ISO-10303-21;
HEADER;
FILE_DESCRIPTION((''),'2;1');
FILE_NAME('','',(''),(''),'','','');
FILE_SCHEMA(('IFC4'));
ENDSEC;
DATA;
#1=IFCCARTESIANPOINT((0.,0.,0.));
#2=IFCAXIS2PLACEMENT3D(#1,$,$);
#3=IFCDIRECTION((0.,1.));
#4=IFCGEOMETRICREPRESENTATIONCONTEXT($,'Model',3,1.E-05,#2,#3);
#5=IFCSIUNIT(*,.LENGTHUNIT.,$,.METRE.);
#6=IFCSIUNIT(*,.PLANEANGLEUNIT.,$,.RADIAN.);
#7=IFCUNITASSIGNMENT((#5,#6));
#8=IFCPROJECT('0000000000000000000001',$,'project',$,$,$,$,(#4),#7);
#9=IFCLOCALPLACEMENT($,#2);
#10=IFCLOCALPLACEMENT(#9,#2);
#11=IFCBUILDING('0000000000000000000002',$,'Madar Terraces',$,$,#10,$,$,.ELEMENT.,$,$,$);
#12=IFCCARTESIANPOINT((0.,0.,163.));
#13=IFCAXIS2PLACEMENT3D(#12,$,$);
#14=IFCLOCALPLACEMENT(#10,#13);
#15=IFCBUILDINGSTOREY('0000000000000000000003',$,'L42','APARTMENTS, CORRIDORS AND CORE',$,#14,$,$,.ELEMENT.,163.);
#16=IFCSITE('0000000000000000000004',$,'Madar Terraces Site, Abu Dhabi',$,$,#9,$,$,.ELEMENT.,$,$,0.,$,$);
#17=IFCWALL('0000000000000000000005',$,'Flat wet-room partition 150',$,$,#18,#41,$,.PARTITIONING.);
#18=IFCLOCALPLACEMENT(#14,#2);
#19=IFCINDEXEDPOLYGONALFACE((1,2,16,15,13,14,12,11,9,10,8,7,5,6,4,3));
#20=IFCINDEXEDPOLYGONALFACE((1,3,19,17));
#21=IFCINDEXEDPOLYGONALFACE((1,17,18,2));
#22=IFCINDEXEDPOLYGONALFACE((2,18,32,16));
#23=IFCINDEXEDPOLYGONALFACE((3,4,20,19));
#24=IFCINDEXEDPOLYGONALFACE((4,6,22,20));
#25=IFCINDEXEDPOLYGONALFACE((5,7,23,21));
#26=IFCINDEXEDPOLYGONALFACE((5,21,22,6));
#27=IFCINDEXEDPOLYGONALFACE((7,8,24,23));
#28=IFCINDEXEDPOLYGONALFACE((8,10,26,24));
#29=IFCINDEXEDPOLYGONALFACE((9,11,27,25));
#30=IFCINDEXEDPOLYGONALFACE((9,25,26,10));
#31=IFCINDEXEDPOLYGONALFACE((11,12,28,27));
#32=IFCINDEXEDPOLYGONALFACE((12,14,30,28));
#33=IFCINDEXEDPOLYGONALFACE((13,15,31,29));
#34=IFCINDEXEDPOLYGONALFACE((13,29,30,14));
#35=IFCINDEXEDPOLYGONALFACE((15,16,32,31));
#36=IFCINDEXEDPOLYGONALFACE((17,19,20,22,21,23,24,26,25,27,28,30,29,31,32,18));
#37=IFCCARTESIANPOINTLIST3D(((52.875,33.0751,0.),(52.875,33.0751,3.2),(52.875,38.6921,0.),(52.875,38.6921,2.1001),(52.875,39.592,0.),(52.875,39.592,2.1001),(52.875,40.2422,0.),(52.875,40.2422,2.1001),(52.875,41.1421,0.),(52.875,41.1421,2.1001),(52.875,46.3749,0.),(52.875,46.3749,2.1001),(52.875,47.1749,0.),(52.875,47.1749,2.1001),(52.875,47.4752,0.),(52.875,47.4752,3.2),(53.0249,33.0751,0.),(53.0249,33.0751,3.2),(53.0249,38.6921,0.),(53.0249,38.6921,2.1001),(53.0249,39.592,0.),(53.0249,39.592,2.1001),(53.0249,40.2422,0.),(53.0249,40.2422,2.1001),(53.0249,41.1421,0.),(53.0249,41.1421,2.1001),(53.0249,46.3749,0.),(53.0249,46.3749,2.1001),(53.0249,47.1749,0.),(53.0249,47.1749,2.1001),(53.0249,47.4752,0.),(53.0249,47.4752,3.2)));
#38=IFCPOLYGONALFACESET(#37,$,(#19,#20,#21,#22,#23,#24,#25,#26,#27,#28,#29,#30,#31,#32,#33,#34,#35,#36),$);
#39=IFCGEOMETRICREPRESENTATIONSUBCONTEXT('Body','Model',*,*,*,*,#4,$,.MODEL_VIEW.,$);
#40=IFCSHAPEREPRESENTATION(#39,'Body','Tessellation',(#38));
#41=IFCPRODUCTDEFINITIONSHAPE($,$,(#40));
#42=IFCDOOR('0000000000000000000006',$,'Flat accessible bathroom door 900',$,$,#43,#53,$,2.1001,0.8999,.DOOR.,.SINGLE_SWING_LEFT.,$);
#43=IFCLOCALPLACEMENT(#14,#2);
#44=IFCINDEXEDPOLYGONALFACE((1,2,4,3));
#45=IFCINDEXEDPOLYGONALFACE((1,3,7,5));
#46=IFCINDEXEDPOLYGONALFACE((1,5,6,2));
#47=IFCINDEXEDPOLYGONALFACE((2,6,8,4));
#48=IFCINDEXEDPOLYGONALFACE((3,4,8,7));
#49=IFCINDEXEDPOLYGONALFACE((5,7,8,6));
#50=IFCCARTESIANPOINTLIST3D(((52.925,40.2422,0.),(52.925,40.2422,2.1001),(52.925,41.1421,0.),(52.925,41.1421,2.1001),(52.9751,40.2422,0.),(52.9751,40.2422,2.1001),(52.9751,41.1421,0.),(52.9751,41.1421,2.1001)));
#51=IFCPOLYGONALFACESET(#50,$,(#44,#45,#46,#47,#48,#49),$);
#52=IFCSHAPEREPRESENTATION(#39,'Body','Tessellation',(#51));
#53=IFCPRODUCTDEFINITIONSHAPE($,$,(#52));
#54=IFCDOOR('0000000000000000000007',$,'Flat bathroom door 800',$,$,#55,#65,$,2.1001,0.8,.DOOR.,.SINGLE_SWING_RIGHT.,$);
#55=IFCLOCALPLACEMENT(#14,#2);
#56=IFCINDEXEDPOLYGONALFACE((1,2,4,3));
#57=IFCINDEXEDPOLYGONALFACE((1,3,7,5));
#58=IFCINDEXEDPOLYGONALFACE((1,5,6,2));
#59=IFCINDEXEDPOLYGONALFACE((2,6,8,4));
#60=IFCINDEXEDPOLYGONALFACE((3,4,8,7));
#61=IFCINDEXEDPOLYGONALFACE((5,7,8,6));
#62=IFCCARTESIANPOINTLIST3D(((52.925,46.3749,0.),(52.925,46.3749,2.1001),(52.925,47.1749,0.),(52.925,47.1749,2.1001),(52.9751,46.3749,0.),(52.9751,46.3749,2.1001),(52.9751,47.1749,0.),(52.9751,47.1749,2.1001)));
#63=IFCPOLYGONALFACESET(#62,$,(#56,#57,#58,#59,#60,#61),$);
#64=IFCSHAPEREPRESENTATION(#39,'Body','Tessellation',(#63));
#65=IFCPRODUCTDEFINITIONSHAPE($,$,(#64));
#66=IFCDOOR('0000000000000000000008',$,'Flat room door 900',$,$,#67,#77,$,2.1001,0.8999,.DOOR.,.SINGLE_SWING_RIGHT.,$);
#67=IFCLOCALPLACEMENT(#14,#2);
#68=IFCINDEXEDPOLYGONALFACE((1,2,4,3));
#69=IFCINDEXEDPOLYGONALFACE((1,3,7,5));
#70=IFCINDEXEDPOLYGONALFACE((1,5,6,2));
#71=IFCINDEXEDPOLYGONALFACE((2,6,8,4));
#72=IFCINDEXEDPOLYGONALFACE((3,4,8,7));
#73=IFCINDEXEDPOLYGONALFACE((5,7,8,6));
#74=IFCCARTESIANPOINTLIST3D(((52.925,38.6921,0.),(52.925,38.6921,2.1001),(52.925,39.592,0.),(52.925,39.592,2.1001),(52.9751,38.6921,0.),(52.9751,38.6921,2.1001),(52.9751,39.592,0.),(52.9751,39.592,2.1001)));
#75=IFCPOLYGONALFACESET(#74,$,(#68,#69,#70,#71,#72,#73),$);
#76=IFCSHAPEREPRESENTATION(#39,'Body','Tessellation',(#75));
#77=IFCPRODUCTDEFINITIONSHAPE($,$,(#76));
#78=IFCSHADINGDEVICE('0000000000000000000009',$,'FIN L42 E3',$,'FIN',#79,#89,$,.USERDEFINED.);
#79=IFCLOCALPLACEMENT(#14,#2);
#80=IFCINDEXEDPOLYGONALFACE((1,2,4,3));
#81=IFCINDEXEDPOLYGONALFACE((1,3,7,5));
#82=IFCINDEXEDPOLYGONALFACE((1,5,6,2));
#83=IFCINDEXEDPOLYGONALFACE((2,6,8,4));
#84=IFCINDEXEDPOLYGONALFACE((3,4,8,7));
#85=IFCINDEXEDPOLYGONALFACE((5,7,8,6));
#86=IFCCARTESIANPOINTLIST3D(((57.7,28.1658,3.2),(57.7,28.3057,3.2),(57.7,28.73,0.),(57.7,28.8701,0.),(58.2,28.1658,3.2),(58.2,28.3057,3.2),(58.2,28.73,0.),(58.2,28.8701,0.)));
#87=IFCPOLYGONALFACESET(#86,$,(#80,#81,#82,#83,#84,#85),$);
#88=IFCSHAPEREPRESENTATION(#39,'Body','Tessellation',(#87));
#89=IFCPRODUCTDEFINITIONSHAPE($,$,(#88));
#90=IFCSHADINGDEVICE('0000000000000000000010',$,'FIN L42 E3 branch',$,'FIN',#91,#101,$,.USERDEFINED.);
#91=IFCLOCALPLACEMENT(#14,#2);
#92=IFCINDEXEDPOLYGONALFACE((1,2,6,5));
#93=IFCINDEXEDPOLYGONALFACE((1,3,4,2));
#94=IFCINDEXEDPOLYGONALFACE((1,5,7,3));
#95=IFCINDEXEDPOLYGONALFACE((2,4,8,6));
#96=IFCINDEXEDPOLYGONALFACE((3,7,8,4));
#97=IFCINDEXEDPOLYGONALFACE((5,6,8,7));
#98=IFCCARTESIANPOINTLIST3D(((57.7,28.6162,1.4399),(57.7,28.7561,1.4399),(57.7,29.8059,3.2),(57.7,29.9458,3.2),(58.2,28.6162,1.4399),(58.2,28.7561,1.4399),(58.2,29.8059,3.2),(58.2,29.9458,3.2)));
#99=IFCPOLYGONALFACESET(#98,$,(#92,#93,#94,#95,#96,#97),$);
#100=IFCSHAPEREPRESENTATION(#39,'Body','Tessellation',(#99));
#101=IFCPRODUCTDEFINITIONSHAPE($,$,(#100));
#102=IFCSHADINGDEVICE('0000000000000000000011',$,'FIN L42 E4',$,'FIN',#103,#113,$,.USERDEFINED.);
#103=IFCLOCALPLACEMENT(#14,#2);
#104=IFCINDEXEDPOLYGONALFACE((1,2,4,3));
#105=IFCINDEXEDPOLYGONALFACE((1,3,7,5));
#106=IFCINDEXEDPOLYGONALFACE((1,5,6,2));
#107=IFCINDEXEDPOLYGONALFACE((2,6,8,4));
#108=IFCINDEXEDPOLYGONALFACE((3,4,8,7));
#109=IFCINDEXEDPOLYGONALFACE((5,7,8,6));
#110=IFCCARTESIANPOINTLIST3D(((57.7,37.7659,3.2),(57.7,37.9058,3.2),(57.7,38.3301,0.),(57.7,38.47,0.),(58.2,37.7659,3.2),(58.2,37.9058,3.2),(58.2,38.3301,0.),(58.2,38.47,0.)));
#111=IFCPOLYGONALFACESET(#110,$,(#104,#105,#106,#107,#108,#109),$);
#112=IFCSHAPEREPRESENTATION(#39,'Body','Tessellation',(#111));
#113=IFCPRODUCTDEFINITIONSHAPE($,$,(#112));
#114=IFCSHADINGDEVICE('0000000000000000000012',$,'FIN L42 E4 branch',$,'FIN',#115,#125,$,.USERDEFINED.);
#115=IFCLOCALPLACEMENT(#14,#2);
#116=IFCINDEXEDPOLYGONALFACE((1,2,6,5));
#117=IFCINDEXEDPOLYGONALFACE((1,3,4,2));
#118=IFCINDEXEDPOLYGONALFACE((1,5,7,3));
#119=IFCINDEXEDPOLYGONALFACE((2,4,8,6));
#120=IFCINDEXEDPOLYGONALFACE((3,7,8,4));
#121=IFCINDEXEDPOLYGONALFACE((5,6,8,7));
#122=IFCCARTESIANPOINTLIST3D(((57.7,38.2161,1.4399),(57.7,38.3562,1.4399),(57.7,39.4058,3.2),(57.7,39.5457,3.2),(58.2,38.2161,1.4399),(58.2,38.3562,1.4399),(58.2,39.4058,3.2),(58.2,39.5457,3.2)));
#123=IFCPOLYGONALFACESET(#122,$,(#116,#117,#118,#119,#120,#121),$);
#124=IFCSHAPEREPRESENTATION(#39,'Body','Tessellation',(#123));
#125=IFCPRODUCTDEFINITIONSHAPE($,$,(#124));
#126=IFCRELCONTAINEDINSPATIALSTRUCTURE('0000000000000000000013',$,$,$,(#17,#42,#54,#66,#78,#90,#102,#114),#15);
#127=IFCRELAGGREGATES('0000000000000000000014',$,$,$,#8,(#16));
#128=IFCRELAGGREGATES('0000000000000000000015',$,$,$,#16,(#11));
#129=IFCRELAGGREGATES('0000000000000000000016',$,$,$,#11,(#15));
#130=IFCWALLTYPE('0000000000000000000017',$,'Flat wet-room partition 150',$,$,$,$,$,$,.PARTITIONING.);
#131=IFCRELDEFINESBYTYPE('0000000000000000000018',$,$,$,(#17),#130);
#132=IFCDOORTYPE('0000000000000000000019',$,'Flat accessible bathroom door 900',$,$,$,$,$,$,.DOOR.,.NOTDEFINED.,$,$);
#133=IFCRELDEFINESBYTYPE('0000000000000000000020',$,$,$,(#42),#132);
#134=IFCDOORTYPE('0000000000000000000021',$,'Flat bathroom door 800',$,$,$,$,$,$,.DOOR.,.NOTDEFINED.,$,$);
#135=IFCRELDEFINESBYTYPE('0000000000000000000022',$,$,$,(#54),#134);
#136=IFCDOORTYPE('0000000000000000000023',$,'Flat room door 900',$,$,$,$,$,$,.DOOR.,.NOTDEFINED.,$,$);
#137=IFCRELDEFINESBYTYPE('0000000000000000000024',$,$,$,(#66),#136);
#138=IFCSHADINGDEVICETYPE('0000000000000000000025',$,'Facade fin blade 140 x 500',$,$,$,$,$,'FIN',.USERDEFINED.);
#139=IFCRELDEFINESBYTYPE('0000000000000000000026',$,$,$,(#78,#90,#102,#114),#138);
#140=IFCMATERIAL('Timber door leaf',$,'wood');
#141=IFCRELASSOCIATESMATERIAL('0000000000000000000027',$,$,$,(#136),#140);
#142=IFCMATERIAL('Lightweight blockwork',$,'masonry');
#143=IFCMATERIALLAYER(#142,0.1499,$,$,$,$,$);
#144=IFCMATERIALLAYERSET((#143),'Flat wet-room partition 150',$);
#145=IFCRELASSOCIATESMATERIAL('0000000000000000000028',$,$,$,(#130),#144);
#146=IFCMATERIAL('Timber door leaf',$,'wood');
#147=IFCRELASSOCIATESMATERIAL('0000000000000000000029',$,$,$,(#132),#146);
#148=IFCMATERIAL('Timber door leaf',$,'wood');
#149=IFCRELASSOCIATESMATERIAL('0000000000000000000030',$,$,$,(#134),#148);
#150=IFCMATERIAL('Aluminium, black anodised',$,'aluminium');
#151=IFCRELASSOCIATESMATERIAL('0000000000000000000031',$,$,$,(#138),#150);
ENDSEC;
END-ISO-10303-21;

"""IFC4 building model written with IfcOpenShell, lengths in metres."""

from ifc_helpers import new_model, si_unit, direction, frame, frame_2d, origin, place, context, subcontext, project, spatial, polyline, rectangle, outline, extrude, material, layer, layer_set, type_object, element, fill, save


model = new_model("IFC4")

# Units and contexts
model_context = context("Model", 3, precision=1e-05, world=origin(), true_north=direction((0.0, 1.0)))
body_context = subcontext(model_context, "Body", "Model", "MODEL_VIEW")
ifc_project = project(units=[si_unit("LENGTHUNIT", "METRE"), si_unit("PLANEANGLEUNIT", "RADIAN")], contexts=[model_context])

# Site, building, storey
site_placement = place(None, origin())
site = spatial("IfcSite", under=ifc_project, at=site_placement, Name="Madar Terraces Site, Abu Dhabi", CompositionType="ELEMENT", RefElevation=0.0)
building_placement = place(site_placement, origin())
building = spatial("IfcBuilding", under=site, at=building_placement, Name="Madar Terraces", CompositionType="ELEMENT")
storey_placement = place(building_placement, frame((0.0, 0.0, 163.0)))
storey = spatial("IfcBuildingStorey", under=building, at=storey_placement, Name="L42", Description="APARTMENTS, CORRIDORS AND CORE", CompositionType="ELEMENT", Elevation=163.0)

# Shared definitions
ifc_material_1 = material(Name="Timber door leaf", Category="wood")
door_type_1 = type_object("IfcDoorType", Name="Flat room door 900", OperationType="NOTDEFINED", PredefinedType="DOOR", material=ifc_material_1)

# Shared definitions
ifc_material_2 = material(Name="Lightweight blockwork", Category="masonry")
ifc_layer_1 = layer(ifc_material_2, 0.1499)
ifc_layer_set_1 = layer_set([ifc_layer_1], Name="Flat wet-room partition 150")
wall_type_1 = type_object("IfcWallType", Name="Flat wet-room partition 150", PredefinedType="PARTITIONING", material=ifc_layer_set_1)

# Wall, openings, doors
wall_1_placement = place(storey_placement, frame((52.95, 33.075, 0.0), z_axis=(0.0, 0.0, 1.0), x_axis=(0.0, 1.0, 0.0)))
wall_1 = element("IfcWall", 1, at=wall_1_placement, inside=storey, type_object=wall_type_1, Name="Flat wet-room partition 150", PredefinedType="PARTITIONING", context=body_context, shape_type="SweptSolid", body=[
    extrude(rectangle(XDim=14.4001, YDim=0.1499, at=frame_2d((7.2002, 0.0))), origin(), (0.0, 0.0, 1.0), 3.2),
])
opening_1_placement = place(wall_1_placement, frame((5.6172, 0.0, 0.0)))
opening_1 = element("IfcOpeningElement", 2, at=opening_1_placement, cuts=wall_1, PredefinedType="OPENING", context=body_context, shape_type="SweptSolid", body=[
    extrude(rectangle(XDim=0.8999, YDim=2.1001, at=frame_2d((0.45, 1.05))), frame((0.0, 0.085, 0.0), z_axis=(0.0, -1.0, 0.0), x_axis=(1.0, 0.0, 0.0)), (0.0, 0.0, 1.0), 0.1699),
])
opening_2_placement = place(wall_1_placement, frame((7.1672, 0.0, 0.0)))
opening_2 = element("IfcOpeningElement", 3, at=opening_2_placement, cuts=wall_1, PredefinedType="OPENING", context=body_context, shape_type="SweptSolid", body=[
    extrude(rectangle(XDim=0.8999, YDim=2.1001, at=frame_2d((0.45, 1.05))), frame((0.0, 0.085, 0.0), z_axis=(0.0, -1.0, 0.0), x_axis=(1.0, 0.0, 0.0)), (0.0, 0.0, 1.0), 0.1699),
])
opening_3_placement = place(wall_1_placement, frame((13.3, 0.0, 0.0)))
opening_3 = element("IfcOpeningElement", 4, at=opening_3_placement, cuts=wall_1, PredefinedType="OPENING", context=body_context, shape_type="SweptSolid", body=[
    extrude(rectangle(XDim=0.8, YDim=2.1001, at=frame_2d((0.3999, 1.05))), frame((0.0, 0.085, 0.0), z_axis=(0.0, -1.0, 0.0), x_axis=(1.0, 0.0, 0.0)), (0.0, 0.0, 1.0), 0.1699),
])
ifc_material_3 = material(Name="Timber door leaf", Category="wood")
door_type_2 = type_object("IfcDoorType", Name="Flat accessible bathroom door 900", OperationType="NOTDEFINED", PredefinedType="DOOR", material=ifc_material_3)
door_1_placement = place(opening_2_placement, origin())
door_1 = element("IfcDoor", 5, at=door_1_placement, inside=storey, type_object=door_type_2, Name="Flat accessible bathroom door 900", OperationType="SINGLE_SWING_LEFT", OverallHeight=2.1001, OverallWidth=0.8999, PredefinedType="DOOR", context=body_context, shape_type="SweptSolid", body=[
    extrude(rectangle(XDim=0.8999, YDim=2.1001, at=frame_2d((0.45, 1.05))), frame((0.0, 0.0249, 0.0), z_axis=(0.0, -1.0, 0.0), x_axis=(1.0, 0.0, 0.0)), (0.0, 0.0, 1.0), 0.05),
])
fill(opening_2, door_1)
ifc_material_4 = material(Name="Timber door leaf", Category="wood")
door_type_3 = type_object("IfcDoorType", Name="Flat bathroom door 800", OperationType="NOTDEFINED", PredefinedType="DOOR", material=ifc_material_4)
door_2_placement = place(opening_3_placement, origin())
door_2 = element("IfcDoor", 6, at=door_2_placement, inside=storey, type_object=door_type_3, Name="Flat bathroom door 800", OperationType="SINGLE_SWING_RIGHT", OverallHeight=2.1001, OverallWidth=0.8, PredefinedType="DOOR", context=body_context, shape_type="SweptSolid", body=[
    extrude(rectangle(XDim=0.8, YDim=2.1001, at=frame_2d((0.3999, 1.05))), frame((0.0, 0.0249, 0.0), z_axis=(0.0, -1.0, 0.0), x_axis=(1.0, 0.0, 0.0)), (0.0, 0.0, 1.0), 0.05),
])
fill(opening_3, door_2)
door_3_placement = place(opening_1_placement, origin())
door_3 = element("IfcDoor", 7, at=door_3_placement, inside=storey, type_object=door_type_1, Name="Flat room door 900", OperationType="SINGLE_SWING_RIGHT", OverallHeight=2.1001, OverallWidth=0.8999, PredefinedType="DOOR", context=body_context, shape_type="SweptSolid", body=[
    extrude(rectangle(XDim=0.8999, YDim=2.1001, at=frame_2d((0.45, 1.05))), frame((0.0, 0.0249, 0.0), z_axis=(0.0, -1.0, 0.0), x_axis=(1.0, 0.0, 0.0)), (0.0, 0.0, 1.0), 0.05),
])
fill(opening_1, door_3)

# Shading devices
ifc_material_5 = material(Name="Aluminium, black anodised", Category="aluminium")
shading_device_type = type_object("IfcShadingDeviceType", Name="Facade fin blade 140 x 500", ElementType="FIN", PredefinedType="USERDEFINED", material=ifc_material_5)
shading_device_1_placement = place(storey_placement, frame((57.95, 28.73, 0.0), z_axis=(0.0, 0.0, 1.0), x_axis=(0.0, 1.0, 0.0)))
element("IfcShadingDevice", 8, at=shading_device_1_placement, inside=storey, type_object=shading_device_type, Name="FIN L42 E3", ObjectType="FIN", PredefinedType="USERDEFINED", context=body_context, shape_type="SweptSolid", body=[
    extrude(outline(polyline([(0.0, 0.0), (0.1401, 0.0), (-0.4243, 3.2), (-0.5642, 3.2), (0.0, 0.0)])), frame((0.0, 0.25, 0.0), z_axis=(0.0, -1.0, 0.0), x_axis=(1.0, 0.0, 0.0)), (0.0, 0.0, 1.0), 0.5),
])
shading_device_2_placement = place(storey_placement, frame((57.95, 28.6162, 1.4399), z_axis=(0.0, 0.0, 1.0), x_axis=(0.0, 1.0, 0.0)))
element("IfcShadingDevice", 9, at=shading_device_2_placement, inside=storey, type_object=shading_device_type, Name="FIN L42 E3 branch", ObjectType="FIN", PredefinedType="USERDEFINED", context=body_context, shape_type="SweptSolid", body=[
    extrude(outline(polyline([(0.0, 0.0), (0.1399, 0.0), (1.3296, 1.76), (1.1897, 1.76), (0.0, 0.0)])), frame((0.0, 0.25, 0.0), z_axis=(0.0, -1.0, 0.0), x_axis=(1.0, 0.0, 0.0)), (0.0, 0.0, 1.0), 0.5),
])
shading_device_3_placement = place(storey_placement, frame((57.95, 38.3301, 0.0), z_axis=(0.0, 0.0, 1.0), x_axis=(0.0, 1.0, 0.0)))
element("IfcShadingDevice", 10, at=shading_device_3_placement, inside=storey, type_object=shading_device_type, Name="FIN L42 E4", ObjectType="FIN", PredefinedType="USERDEFINED", context=body_context, shape_type="SweptSolid", body=[
    extrude(outline(polyline([(0.0, 0.0), (0.1399, 0.0), (-0.4243, 3.2), (-0.5642, 3.2), (0.0, 0.0)])), frame((0.0, 0.25, 0.0), z_axis=(0.0, -1.0, 0.0), x_axis=(1.0, 0.0, 0.0)), (0.0, 0.0, 1.0), 0.5),
])
shading_device_4_placement = place(storey_placement, frame((57.95, 38.2161, 1.4399), z_axis=(0.0, 0.0, 1.0), x_axis=(0.0, 1.0, 0.0)))
element("IfcShadingDevice", 11, at=shading_device_4_placement, inside=storey, type_object=shading_device_type, Name="FIN L42 E4 branch", ObjectType="FIN", PredefinedType="USERDEFINED", context=body_context, shape_type="SweptSolid", body=[
    extrude(outline(polyline([(0.0, 0.0), (0.1401, 0.0), (1.3296, 1.76), (1.1897, 1.76), (0.0, 0.0)])), frame((0.0, 0.25, 0.0), z_axis=(0.0, -1.0, 0.0), x_axis=(1.0, 0.0, 0.0)), (0.0, 0.0, 1.0), 0.5),
])

save(model, "model.ifc")
